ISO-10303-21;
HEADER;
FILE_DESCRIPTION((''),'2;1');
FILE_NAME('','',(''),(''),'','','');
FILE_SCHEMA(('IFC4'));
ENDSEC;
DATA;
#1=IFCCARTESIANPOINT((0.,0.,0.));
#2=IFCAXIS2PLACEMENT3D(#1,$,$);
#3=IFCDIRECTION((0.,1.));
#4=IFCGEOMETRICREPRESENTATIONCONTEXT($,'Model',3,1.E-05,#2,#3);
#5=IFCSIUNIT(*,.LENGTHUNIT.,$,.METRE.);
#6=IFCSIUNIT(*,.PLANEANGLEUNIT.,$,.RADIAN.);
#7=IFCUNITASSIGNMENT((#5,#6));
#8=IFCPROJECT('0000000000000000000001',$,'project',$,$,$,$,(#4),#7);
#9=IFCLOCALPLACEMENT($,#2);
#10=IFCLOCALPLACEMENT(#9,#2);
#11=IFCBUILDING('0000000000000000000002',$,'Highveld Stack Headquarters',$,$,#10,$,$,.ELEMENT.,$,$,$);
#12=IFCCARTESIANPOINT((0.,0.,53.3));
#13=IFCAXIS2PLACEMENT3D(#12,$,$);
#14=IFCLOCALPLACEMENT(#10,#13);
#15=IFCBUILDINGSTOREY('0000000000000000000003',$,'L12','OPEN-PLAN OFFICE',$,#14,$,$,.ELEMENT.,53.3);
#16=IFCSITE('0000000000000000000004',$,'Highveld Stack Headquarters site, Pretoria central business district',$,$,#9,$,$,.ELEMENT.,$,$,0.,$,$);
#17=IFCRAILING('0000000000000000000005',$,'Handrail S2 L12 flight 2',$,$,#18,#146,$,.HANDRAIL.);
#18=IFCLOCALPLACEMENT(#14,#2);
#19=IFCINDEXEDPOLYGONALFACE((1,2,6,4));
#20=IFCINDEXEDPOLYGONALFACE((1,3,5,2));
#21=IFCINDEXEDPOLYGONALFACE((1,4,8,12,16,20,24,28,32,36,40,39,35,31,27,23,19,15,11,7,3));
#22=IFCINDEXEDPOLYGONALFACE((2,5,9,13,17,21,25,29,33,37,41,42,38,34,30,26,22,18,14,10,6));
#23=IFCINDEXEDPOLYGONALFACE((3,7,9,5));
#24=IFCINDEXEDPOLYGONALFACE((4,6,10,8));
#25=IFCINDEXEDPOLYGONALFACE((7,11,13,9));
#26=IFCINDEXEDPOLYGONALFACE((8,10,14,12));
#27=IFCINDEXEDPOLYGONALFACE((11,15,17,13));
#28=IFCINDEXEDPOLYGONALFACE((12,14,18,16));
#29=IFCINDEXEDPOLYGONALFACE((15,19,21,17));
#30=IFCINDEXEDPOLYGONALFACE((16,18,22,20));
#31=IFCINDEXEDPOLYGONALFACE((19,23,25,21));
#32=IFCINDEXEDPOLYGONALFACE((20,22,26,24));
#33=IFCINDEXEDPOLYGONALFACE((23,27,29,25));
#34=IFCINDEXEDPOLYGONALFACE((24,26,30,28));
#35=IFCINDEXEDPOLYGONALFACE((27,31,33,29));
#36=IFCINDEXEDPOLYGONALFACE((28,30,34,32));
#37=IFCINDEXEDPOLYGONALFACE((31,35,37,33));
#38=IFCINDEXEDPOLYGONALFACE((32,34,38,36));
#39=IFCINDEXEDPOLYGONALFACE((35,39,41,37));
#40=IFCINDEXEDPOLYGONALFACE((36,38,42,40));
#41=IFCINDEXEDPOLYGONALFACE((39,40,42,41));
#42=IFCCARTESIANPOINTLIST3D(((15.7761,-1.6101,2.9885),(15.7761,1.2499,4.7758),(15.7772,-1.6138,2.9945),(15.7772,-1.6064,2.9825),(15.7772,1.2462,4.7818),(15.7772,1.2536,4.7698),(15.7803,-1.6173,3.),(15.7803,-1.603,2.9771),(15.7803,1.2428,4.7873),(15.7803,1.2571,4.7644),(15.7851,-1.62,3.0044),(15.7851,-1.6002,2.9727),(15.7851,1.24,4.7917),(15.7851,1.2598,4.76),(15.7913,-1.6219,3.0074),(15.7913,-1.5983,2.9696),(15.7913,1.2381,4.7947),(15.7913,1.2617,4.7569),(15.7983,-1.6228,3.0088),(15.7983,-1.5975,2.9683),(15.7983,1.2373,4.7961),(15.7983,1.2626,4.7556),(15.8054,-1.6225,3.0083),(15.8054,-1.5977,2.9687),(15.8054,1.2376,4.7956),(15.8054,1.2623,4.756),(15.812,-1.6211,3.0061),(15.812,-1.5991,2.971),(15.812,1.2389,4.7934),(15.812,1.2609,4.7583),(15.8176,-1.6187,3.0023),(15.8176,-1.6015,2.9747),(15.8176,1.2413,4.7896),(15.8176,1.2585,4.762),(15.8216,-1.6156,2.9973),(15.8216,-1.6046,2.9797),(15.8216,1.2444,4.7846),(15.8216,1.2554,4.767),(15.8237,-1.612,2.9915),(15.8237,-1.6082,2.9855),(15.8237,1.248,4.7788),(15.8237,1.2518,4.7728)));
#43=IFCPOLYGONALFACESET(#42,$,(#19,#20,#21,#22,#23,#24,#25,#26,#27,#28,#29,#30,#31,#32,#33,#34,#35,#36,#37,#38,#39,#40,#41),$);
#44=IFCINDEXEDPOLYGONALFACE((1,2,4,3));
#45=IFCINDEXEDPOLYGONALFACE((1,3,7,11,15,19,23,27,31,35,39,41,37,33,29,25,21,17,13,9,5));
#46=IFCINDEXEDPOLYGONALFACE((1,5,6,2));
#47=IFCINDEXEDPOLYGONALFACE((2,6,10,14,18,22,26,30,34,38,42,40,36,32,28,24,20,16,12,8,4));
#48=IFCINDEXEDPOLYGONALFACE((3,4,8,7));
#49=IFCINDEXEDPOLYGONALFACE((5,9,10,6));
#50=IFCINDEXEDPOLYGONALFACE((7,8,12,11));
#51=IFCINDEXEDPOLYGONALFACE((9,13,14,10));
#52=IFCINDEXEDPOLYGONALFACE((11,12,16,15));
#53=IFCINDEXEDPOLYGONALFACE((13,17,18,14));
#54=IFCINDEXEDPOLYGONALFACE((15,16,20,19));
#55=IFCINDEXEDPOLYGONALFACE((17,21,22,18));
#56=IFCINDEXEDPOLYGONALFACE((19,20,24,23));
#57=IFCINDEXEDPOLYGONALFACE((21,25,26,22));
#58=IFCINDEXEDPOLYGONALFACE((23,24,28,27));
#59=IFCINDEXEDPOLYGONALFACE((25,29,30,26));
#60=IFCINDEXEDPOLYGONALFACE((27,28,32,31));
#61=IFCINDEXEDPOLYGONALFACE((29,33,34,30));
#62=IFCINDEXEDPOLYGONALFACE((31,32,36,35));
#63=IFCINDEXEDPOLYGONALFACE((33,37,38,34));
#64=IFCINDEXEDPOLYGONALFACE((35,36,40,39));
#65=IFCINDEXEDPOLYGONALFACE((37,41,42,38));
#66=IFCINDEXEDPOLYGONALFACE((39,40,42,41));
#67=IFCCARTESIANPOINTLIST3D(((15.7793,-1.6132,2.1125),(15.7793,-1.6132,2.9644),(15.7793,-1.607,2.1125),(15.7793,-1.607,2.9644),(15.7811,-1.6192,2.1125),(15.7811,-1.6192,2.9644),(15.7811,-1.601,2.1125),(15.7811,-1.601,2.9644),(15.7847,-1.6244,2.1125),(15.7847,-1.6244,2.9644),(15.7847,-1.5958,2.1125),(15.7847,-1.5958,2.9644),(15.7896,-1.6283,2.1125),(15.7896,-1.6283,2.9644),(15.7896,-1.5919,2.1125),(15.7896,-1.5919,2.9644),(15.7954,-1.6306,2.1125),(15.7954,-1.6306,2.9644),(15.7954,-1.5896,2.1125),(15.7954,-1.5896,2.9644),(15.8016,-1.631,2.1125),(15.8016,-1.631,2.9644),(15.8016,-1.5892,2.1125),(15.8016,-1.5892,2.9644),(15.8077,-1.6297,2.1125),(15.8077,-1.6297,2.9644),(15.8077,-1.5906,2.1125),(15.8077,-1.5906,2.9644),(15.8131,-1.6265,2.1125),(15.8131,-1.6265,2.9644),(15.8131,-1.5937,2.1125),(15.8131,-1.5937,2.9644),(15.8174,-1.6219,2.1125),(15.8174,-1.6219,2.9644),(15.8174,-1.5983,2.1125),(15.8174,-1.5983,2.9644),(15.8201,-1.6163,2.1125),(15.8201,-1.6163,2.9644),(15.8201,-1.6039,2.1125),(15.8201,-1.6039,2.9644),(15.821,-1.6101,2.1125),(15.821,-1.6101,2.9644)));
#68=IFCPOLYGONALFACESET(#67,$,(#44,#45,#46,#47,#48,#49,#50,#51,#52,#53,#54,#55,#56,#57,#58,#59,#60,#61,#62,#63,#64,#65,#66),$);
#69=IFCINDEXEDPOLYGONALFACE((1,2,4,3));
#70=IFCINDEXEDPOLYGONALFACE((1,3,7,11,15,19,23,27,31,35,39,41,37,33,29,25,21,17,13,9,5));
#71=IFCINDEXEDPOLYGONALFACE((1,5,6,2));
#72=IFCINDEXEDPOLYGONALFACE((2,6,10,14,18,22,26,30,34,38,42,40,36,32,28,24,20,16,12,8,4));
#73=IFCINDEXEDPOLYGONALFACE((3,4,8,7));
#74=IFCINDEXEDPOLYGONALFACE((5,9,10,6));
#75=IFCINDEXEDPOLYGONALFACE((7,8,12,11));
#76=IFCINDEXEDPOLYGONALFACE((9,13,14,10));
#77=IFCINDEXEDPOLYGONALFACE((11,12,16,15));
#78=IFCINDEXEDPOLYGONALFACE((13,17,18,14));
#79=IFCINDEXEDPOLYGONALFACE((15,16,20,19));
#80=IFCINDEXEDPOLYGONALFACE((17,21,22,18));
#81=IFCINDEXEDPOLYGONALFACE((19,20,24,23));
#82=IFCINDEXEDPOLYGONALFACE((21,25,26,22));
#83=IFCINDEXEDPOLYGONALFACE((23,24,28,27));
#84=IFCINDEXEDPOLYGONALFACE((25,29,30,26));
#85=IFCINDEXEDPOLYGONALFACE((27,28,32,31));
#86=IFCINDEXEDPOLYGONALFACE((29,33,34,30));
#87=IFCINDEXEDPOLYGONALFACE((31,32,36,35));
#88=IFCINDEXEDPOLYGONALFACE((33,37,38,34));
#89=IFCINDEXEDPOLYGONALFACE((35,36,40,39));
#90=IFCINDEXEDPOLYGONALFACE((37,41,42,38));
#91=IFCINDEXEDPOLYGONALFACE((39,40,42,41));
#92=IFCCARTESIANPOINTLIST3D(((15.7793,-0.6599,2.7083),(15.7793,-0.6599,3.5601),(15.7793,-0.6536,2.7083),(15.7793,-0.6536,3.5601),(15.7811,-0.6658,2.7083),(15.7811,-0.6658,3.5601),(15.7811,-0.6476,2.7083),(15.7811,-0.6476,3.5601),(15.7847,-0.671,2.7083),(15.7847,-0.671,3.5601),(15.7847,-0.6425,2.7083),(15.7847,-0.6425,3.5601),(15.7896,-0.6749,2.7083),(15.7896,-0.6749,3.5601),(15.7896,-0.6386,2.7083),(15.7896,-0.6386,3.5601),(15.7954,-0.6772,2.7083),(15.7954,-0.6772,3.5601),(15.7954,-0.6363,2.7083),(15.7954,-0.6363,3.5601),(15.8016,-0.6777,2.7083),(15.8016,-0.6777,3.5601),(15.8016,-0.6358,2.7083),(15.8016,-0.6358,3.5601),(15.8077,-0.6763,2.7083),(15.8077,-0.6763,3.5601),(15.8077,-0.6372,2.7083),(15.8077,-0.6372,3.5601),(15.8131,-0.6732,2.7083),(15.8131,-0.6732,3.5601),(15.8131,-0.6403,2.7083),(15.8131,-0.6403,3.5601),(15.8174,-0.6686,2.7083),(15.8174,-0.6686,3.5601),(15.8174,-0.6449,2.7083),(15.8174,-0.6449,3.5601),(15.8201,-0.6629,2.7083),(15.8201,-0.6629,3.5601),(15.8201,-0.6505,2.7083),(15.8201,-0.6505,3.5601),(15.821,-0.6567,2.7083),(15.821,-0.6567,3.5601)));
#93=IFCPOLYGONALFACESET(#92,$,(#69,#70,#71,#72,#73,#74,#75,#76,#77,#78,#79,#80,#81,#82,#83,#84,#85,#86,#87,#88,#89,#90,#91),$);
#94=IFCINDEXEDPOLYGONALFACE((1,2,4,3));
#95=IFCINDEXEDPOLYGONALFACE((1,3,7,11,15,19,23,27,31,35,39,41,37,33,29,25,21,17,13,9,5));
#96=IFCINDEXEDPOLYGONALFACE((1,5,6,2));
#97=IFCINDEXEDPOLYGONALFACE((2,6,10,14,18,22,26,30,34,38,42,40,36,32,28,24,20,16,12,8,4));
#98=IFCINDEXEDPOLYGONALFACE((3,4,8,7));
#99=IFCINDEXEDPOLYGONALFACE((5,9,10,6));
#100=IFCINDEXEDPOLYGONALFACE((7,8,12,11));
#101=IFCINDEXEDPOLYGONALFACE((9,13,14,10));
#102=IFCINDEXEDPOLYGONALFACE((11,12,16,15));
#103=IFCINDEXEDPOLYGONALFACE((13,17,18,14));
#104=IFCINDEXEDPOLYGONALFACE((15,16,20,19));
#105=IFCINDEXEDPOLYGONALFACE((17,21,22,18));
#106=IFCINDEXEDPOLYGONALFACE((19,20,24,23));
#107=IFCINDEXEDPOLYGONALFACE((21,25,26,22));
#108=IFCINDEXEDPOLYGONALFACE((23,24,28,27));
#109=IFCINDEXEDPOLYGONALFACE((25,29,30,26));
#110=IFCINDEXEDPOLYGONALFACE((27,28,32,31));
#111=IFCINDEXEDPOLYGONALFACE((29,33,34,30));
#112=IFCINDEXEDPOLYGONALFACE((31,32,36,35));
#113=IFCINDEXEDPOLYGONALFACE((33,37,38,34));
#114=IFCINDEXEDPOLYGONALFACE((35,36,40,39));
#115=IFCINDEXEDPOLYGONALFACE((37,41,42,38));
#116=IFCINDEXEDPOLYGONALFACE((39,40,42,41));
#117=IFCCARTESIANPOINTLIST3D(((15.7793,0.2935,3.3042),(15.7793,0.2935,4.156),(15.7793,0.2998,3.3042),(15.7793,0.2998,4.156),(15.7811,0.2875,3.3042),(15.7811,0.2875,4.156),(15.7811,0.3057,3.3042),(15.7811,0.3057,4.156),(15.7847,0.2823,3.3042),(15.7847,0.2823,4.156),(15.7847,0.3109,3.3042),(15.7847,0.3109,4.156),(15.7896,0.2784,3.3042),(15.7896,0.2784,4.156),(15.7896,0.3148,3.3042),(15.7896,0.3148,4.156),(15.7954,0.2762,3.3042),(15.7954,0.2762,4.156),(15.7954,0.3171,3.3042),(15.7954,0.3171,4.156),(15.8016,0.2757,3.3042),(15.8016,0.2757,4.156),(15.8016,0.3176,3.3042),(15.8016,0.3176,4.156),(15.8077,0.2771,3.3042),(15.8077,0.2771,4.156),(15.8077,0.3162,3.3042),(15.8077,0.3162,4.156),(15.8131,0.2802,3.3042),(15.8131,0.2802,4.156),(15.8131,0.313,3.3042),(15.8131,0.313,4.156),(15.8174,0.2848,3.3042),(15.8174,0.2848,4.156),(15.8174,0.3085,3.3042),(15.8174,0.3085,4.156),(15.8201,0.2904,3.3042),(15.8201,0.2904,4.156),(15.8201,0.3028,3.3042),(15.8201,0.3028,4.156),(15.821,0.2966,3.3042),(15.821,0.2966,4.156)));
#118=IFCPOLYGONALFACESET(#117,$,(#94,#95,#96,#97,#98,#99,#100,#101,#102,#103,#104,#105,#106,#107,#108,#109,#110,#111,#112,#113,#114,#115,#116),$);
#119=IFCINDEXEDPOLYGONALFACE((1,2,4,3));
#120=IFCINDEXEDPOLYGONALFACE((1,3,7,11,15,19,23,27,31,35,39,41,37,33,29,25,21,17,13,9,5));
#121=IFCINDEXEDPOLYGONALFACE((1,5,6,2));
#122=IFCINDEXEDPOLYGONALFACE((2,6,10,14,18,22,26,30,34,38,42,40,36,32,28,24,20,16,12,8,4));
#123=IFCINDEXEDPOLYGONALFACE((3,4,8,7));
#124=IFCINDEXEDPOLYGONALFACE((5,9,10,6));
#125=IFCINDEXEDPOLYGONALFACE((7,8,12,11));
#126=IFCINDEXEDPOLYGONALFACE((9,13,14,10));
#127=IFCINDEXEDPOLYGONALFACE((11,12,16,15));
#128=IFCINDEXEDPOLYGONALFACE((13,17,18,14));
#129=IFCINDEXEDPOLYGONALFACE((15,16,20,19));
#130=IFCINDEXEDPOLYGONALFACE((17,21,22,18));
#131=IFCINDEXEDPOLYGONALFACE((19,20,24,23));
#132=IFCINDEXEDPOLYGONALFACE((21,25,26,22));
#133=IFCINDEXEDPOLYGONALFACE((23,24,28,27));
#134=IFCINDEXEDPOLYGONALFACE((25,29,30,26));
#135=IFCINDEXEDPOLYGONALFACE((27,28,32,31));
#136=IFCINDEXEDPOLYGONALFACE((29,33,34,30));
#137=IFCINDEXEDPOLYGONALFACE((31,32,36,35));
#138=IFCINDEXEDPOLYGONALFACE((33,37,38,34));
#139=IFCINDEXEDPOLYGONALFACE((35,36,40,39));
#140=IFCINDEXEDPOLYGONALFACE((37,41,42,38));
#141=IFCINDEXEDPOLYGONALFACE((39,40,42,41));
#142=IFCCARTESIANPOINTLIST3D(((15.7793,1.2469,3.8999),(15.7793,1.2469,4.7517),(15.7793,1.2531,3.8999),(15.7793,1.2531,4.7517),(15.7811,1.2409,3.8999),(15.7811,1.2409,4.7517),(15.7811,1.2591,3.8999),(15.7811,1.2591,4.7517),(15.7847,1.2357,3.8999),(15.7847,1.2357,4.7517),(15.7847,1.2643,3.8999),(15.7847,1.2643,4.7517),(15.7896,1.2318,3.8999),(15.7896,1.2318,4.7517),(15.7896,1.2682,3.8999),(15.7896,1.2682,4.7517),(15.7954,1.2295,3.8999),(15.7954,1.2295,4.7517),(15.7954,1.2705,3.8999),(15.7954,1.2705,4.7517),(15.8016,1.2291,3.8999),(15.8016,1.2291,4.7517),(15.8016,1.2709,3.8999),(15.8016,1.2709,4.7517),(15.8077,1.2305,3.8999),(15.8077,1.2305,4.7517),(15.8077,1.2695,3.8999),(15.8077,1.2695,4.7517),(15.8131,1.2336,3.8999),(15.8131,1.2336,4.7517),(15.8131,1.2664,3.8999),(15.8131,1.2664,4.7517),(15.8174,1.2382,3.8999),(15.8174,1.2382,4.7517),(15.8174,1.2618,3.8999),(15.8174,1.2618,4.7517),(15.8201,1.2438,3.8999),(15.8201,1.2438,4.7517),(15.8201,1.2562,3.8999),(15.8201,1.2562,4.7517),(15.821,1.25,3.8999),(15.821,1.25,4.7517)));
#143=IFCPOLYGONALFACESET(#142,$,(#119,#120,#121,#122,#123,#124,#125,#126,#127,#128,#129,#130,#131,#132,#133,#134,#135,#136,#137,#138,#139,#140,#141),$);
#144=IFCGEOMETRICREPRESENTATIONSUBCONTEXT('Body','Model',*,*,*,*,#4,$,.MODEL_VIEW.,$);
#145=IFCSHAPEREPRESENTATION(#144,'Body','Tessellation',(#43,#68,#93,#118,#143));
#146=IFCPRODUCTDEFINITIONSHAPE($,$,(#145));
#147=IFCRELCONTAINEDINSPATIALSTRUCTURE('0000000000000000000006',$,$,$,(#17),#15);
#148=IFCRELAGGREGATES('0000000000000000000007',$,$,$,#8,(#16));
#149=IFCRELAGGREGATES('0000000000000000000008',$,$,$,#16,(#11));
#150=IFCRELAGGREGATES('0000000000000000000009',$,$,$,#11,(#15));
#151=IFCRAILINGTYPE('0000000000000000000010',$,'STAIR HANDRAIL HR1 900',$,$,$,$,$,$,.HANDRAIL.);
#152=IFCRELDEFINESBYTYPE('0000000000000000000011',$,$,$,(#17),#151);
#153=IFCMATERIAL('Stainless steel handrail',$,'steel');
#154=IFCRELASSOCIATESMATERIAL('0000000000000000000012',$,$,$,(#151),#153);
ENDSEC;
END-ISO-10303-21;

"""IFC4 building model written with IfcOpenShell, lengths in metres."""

from ifc_helpers import new_model, si_unit, direction, frame, origin, origin_2d, place, context, subcontext, project, spatial, circle, extrude, material, type_object, element, save


model = new_model("IFC4")

# Units and contexts
model_context = context("Model", 3, precision=1e-05, world=origin(), true_north=direction((0.0, 1.0)))
body_context = subcontext(model_context, "Body", "Model", "MODEL_VIEW")
ifc_project = project(units=[si_unit("LENGTHUNIT", "METRE"), si_unit("PLANEANGLEUNIT", "RADIAN")], contexts=[model_context])

# Site, building, storey
site_placement = place(None, origin())
site = spatial("IfcSite", under=ifc_project, at=site_placement, Name="Highveld Stack Headquarters site, Pretoria central business district", CompositionType="ELEMENT", RefElevation=0.0)
building_placement = place(site_placement, origin())
building = spatial("IfcBuilding", under=site, at=building_placement, Name="Highveld Stack Headquarters", CompositionType="ELEMENT")
storey_placement = place(building_placement, frame((0.0, 0.0, 53.3)))
storey = spatial("IfcBuildingStorey", under=building, at=storey_placement, Name="L12", Description="OPEN-PLAN OFFICE", CompositionType="ELEMENT", Elevation=53.3)

# Railing
ifc_material_1 = material(Name="Stainless steel handrail", Category="steel")
railing_type = type_object("IfcRailingType", Name="STAIR HANDRAIL HR1 900", PredefinedType="HANDRAIL", material=ifc_material_1)
for number, where, name in (
    (1, (15.8, -1.6101, 2.1125), "Handrail S2 L12 flight 2"),
):
    element("IfcRailing", number, at=place(storey_placement, frame(where)), inside=storey, type_object=railing_type, Name=name, PredefinedType="HANDRAIL", context=body_context, shape_type="SweptSolid", body=[
        extrude(circle(Radius=0.0239, at=origin_2d()), frame((0.0, 0.0, 0.876), z_axis=(0.0, 0.848027, 0.529953), x_axis=(-1.0, 0.0, 0.0)), (0.0, 0.0, 1.0), 3.3726),
        extrude(circle(Radius=0.021, at=origin_2d()), origin(), (0.0, 0.0, 1.0), 0.8518),
        extrude(circle(Radius=0.021, at=origin_2d()), frame((0.0, 0.9534, 0.5957)), (0.0, 0.0, 1.0), 0.8518),
        extrude(circle(Radius=0.021, at=origin_2d()), frame((0.0, 1.9067, 1.1917)), (0.0, 0.0, 1.0), 0.8518),
        extrude(circle(Radius=0.021, at=origin_2d()), frame((0.0, 2.8601, 1.7874)), (0.0, 0.0, 1.0), 0.8518),
    ])

save(model, "model.ifc")
